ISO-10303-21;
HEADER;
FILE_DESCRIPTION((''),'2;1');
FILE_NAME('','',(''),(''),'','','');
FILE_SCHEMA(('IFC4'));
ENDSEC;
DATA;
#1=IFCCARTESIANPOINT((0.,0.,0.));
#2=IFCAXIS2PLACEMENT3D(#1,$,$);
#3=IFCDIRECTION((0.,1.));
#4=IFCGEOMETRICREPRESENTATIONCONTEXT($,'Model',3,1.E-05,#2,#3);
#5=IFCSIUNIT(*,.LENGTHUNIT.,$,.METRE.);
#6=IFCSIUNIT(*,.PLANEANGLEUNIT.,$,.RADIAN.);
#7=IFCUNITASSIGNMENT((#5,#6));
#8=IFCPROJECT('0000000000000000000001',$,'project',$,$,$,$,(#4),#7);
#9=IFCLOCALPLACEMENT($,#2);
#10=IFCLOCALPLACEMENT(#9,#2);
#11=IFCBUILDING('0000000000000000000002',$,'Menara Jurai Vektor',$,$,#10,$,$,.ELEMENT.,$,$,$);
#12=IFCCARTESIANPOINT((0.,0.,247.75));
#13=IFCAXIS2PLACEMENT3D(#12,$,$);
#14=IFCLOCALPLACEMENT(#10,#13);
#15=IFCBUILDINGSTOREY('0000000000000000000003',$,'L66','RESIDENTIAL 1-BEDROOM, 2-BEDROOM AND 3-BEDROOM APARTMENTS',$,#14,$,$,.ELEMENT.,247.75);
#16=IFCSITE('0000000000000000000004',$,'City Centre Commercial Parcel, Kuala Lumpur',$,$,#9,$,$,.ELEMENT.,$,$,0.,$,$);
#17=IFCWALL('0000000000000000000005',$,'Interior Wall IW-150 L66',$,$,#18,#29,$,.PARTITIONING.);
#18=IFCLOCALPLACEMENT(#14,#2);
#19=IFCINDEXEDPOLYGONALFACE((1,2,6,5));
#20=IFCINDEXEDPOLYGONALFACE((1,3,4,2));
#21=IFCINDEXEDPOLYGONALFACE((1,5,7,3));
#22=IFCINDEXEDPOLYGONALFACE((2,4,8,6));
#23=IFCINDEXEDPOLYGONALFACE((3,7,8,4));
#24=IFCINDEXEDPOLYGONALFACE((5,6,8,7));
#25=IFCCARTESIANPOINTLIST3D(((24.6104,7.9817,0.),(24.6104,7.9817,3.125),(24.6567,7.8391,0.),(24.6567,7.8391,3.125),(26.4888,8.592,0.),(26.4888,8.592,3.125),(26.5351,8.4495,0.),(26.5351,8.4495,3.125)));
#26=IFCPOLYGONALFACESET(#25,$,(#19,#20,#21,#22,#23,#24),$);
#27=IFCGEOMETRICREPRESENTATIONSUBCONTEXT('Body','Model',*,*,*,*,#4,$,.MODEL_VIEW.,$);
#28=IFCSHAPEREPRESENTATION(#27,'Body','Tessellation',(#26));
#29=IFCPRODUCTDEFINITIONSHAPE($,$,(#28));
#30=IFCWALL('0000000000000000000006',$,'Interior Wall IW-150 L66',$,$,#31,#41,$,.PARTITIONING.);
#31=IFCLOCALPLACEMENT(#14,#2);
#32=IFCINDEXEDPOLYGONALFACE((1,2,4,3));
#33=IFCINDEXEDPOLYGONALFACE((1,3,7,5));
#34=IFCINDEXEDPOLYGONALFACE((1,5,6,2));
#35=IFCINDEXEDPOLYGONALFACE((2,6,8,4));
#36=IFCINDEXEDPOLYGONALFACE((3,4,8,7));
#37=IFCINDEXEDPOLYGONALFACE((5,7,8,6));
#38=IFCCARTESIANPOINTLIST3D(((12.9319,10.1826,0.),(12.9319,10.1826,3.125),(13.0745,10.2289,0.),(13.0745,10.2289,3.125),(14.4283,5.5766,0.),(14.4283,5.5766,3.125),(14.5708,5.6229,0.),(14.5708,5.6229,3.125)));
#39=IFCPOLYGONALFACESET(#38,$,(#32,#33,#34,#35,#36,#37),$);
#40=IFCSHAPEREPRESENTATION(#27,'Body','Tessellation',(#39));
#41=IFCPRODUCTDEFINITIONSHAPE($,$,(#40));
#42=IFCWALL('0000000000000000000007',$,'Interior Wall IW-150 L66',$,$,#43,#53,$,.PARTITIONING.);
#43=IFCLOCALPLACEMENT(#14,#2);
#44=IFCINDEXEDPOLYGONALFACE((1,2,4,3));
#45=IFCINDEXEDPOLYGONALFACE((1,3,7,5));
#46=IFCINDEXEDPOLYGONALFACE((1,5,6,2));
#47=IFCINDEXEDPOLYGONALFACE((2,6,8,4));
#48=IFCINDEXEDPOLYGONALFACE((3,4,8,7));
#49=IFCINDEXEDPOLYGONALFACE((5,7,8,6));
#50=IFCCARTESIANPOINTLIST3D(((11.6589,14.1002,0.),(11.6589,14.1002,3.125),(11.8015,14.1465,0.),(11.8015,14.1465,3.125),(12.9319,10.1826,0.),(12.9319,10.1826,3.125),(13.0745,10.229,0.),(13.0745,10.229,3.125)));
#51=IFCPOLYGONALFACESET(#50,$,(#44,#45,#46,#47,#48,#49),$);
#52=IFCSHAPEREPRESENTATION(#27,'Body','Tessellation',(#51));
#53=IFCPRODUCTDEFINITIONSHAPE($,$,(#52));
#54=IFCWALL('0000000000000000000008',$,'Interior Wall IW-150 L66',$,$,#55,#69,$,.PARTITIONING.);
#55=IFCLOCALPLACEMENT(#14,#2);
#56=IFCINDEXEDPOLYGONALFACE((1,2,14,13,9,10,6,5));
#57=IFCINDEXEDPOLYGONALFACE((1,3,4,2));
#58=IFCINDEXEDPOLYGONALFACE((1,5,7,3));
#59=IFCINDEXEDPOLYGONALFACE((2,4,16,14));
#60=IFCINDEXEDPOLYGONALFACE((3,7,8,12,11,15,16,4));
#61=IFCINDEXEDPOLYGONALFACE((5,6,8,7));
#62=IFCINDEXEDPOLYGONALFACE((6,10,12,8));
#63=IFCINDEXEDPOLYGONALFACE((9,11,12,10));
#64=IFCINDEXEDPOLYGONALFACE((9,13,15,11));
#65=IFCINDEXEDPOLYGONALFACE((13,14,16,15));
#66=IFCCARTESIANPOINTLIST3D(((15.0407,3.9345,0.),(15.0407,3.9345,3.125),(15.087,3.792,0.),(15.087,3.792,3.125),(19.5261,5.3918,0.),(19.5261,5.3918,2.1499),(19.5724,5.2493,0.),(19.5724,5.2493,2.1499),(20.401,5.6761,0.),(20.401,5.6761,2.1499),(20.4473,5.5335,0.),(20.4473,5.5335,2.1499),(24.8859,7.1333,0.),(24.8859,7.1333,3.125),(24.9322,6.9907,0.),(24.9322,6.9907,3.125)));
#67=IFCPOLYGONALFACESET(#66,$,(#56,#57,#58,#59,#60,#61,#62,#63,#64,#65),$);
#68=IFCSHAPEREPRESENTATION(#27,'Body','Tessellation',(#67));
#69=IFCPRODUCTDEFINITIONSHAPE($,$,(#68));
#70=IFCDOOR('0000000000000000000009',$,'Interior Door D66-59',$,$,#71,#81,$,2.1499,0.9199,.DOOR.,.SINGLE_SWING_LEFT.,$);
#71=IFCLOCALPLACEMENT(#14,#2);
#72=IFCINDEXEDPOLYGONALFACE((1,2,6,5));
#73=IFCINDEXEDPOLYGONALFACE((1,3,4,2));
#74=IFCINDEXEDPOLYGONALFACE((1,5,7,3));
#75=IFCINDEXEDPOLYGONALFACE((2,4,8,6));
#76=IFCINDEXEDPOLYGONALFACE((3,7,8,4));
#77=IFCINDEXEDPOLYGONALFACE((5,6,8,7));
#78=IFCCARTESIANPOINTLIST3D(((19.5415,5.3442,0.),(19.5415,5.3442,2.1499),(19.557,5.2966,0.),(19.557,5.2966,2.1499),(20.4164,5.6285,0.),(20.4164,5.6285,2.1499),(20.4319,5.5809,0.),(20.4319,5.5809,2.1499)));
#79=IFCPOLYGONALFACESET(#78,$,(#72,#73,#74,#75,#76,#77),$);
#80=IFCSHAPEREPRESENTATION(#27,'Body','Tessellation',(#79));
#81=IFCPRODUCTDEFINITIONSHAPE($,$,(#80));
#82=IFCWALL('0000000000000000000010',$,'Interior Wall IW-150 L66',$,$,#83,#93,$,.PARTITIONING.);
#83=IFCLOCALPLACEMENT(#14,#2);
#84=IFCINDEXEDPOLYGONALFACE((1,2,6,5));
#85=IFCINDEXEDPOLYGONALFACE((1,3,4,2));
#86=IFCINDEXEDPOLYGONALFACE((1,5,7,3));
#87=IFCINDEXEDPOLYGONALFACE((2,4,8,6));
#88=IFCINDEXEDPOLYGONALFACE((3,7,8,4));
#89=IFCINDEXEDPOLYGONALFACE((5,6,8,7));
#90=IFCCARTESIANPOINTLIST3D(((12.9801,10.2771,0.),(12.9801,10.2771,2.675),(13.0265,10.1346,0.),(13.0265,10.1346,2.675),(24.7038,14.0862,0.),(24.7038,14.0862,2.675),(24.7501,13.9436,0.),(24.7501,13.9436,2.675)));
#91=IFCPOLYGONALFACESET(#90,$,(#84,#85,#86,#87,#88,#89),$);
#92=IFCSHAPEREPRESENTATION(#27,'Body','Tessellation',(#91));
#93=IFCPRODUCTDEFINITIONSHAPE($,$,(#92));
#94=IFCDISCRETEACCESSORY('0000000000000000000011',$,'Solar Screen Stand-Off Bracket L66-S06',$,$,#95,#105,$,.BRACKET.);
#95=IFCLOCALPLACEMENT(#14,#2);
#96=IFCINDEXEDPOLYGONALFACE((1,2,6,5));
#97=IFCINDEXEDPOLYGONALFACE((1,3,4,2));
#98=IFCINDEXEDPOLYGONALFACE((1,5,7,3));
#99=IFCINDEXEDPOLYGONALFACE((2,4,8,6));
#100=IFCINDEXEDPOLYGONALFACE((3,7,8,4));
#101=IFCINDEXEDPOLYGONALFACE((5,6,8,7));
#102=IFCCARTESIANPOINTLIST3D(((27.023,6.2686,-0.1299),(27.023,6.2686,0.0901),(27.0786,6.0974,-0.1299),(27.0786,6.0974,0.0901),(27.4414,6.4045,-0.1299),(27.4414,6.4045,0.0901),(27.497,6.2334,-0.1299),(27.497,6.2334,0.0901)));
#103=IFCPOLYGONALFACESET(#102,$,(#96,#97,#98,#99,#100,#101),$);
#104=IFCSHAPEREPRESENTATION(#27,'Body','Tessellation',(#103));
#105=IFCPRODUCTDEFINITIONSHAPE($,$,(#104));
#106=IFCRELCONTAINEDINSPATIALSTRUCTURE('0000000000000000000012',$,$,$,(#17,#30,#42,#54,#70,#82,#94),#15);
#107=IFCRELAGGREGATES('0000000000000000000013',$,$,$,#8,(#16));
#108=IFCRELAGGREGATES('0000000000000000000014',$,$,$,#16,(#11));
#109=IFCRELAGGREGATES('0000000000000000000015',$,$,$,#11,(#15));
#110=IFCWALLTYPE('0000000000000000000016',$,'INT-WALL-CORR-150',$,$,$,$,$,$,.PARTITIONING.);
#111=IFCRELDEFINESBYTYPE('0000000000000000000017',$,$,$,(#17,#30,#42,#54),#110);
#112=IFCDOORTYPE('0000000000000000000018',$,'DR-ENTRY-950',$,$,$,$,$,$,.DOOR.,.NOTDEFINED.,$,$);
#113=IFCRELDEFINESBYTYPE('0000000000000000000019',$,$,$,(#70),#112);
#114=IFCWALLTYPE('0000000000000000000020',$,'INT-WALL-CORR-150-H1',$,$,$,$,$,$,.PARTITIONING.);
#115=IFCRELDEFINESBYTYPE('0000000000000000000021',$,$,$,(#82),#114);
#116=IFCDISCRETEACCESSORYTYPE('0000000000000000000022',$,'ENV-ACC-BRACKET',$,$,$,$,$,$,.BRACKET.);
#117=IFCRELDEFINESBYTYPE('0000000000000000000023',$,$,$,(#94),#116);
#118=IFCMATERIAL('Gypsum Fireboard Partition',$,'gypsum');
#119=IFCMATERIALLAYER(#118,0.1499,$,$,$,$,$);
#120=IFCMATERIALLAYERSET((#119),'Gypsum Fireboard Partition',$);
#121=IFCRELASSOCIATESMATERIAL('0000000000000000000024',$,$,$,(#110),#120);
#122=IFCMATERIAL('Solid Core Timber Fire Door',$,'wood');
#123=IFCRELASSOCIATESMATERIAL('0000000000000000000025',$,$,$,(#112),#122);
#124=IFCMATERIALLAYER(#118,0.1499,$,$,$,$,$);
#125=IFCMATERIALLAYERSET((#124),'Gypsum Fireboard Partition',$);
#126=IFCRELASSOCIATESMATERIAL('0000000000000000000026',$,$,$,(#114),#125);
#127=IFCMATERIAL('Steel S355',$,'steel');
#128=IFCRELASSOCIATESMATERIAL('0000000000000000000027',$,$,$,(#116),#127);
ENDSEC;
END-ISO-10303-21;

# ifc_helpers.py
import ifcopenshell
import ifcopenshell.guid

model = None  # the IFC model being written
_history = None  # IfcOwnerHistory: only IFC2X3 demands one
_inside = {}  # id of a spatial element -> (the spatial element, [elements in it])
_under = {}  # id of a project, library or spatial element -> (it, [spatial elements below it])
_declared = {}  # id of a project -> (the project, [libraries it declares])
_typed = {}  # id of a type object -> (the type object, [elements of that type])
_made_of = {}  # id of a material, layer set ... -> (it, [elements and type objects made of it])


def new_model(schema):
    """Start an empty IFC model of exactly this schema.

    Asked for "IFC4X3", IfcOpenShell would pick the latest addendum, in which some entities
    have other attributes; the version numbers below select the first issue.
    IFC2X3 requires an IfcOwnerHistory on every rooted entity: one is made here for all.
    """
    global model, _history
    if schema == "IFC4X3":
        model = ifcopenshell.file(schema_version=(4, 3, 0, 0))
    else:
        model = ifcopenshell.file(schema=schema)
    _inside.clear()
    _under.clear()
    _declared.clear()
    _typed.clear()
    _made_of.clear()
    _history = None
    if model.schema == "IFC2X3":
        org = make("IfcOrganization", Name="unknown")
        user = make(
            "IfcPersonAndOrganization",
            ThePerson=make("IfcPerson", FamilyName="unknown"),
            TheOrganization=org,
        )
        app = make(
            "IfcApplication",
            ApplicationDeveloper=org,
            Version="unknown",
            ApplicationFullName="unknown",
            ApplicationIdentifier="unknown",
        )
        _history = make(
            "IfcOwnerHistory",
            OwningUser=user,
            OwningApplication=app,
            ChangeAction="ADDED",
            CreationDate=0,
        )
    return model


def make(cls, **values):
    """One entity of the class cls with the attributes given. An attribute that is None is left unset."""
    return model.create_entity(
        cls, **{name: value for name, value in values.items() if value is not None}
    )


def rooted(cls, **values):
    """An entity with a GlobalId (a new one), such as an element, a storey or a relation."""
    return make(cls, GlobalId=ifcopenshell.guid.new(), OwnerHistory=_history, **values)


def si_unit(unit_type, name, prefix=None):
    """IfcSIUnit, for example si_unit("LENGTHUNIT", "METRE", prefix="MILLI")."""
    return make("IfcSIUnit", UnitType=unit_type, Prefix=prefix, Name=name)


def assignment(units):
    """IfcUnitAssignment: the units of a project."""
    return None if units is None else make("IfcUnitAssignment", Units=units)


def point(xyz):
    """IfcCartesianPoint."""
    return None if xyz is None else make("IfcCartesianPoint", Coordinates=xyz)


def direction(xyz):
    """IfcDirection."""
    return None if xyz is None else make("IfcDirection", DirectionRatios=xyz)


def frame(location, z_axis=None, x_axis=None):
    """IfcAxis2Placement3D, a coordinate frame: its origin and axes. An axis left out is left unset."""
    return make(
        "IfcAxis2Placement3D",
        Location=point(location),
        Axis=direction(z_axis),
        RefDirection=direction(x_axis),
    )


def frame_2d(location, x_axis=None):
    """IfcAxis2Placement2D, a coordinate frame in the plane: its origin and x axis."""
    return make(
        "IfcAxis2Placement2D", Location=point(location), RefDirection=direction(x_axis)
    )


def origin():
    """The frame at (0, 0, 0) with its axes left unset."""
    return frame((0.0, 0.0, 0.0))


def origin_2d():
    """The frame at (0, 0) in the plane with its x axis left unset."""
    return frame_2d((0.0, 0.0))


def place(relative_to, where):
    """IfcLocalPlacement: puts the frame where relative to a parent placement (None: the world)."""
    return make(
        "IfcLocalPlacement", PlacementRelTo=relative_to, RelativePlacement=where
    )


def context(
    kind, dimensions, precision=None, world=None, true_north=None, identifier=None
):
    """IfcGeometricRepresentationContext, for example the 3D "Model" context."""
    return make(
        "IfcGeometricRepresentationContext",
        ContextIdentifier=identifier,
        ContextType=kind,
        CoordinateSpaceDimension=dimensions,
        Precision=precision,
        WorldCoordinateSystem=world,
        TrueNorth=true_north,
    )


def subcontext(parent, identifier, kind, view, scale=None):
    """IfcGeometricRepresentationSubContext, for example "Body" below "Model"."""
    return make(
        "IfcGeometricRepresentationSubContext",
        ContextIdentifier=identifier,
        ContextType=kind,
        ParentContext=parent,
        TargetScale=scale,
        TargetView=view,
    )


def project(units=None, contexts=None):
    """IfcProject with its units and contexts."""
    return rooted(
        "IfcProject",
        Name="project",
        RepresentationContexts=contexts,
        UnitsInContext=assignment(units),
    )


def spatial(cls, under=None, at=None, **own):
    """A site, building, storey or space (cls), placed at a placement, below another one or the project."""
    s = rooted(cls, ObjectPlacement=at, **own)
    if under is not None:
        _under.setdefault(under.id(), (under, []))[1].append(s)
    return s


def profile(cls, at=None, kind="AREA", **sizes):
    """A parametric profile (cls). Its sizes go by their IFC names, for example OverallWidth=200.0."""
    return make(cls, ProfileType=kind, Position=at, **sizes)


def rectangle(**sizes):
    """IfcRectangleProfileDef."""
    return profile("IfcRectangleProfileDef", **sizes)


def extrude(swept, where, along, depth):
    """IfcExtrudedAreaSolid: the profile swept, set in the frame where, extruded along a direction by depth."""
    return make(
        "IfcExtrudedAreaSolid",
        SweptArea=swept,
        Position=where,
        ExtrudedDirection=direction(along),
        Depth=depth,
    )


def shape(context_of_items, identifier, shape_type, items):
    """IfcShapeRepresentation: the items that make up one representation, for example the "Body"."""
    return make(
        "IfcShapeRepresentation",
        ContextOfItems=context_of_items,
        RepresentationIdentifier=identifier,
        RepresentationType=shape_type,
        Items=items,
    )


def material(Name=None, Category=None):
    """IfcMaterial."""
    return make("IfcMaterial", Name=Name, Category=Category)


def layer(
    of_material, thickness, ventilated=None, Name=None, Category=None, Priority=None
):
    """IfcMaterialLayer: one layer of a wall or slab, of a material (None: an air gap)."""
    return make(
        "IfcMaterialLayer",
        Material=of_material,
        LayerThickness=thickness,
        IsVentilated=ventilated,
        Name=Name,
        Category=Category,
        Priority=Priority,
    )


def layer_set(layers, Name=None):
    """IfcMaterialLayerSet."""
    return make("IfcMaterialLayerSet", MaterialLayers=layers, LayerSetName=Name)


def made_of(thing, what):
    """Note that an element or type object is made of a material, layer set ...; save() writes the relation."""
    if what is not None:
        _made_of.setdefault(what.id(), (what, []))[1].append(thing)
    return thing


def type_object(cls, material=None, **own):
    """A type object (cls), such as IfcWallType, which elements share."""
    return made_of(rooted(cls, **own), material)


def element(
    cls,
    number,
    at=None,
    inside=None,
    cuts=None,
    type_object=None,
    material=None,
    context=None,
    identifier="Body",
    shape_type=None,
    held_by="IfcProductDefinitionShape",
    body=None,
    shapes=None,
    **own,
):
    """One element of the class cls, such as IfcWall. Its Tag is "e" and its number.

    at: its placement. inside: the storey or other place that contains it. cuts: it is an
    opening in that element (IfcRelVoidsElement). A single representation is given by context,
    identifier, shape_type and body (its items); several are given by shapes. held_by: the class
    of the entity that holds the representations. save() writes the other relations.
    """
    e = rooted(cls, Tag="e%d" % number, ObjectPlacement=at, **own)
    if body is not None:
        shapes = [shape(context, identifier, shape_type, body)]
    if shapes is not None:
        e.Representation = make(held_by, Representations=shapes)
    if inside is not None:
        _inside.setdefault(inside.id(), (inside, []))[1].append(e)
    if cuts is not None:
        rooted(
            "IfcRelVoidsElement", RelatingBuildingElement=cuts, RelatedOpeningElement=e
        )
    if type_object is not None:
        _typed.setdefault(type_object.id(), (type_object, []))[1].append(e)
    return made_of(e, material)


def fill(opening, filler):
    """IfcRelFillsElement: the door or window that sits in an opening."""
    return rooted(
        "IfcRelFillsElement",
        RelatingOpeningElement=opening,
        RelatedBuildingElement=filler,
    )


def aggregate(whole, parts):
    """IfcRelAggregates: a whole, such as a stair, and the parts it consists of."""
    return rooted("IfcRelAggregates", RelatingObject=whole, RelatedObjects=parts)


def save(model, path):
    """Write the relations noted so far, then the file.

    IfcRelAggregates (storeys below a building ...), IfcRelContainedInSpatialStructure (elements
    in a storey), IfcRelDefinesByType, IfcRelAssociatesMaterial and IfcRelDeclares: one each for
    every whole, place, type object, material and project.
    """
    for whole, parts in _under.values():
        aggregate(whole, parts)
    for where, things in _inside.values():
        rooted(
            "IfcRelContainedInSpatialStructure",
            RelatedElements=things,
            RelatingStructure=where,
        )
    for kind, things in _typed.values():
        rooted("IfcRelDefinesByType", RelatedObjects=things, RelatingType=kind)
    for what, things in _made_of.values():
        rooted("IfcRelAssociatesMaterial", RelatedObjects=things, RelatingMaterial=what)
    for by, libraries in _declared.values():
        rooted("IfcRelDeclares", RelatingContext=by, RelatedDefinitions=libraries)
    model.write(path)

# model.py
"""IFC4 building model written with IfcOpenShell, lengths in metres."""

from ifc_helpers import new_model, si_unit, direction, frame, frame_2d, origin, origin_2d, place, context, subcontext, project, spatial, rectangle, extrude, material, layer, layer_set, type_object, element, fill, save


model = new_model("IFC4")

# Units and contexts
model_context = context("Model", 3, precision=1e-05, world=origin(), true_north=direction((0.0, 1.0)))
body_context = subcontext(model_context, "Body", "Model", "MODEL_VIEW")
ifc_project = project(units=[si_unit("LENGTHUNIT", "METRE"), si_unit("PLANEANGLEUNIT", "RADIAN")], contexts=[model_context])

# Site, building, storey
site_placement = place(None, origin())
site = spatial("IfcSite", under=ifc_project, at=site_placement, Name="City Centre Commercial Parcel, Kuala Lumpur", CompositionType="ELEMENT", RefElevation=0.0)
building_placement = place(site_placement, origin())
building = spatial("IfcBuilding", under=site, at=building_placement, Name="Menara Jurai Vektor", CompositionType="ELEMENT")
storey_placement = place(building_placement, frame((0.0, 0.0, 247.75)))
storey = spatial("IfcBuildingStorey", under=building, at=storey_placement, Name="L66", Description="RESIDENTIAL 1-BEDROOM, 2-BEDROOM AND 3-BEDROOM APARTMENTS", CompositionType="ELEMENT", Elevation=247.75)

# Shared definitions
ifc_material_1 = material(Name="Steel S355", Category="steel")

# Walls
ifc_material_2 = material(Name="Gypsum Fireboard Partition", Category="gypsum")
ifc_layer_1 = layer(ifc_material_2, 0.1499)
ifc_layer_set_1 = layer_set([ifc_layer_1], Name="Gypsum Fireboard Partition")
wall_type_1 = type_object("IfcWallType", Name="INT-WALL-CORR-150", PredefinedType="PARTITIONING", material=ifc_layer_set_1)
wall_1_placement = place(storey_placement, frame((24.6335, 7.9104, 0.0), z_axis=(0.0, 0.0, 1.0), x_axis=(0.951054, 0.309025, 0.0)))
element("IfcWall", 1, at=wall_1_placement, inside=storey, type_object=wall_type_1, Name="Interior Wall IW-150 L66", PredefinedType="PARTITIONING", context=body_context, shape_type="SweptSolid", body=[
    extrude(rectangle(XDim=1.9751, YDim=0.1499, at=frame_2d((0.9875, 0.0))), origin(), (0.0, 0.0, 1.0), 3.125),
])
wall_2_placement = place(storey_placement, frame((14.4995, 5.5999, 0.0), z_axis=(0.0, 0.0, 1.0), x_axis=(-0.308974, 0.95107, 0.0)))
element("IfcWall", 2, at=wall_2_placement, inside=storey, type_object=wall_type_1, Name="Interior Wall IW-150 L66", PredefinedType="PARTITIONING", context=body_context, shape_type="SweptSolid", body=[
    extrude(rectangle(XDim=4.843, YDim=0.1499, at=frame_2d((2.4214, 0.0))), origin(), (0.0, 0.0, 1.0), 3.125),
])
wall_3_placement = place(storey_placement, frame((13.0032, 10.2058, 0.0), z_axis=(0.0, 0.0, 1.0), x_axis=(-0.309035, 0.951051, 0.0)))
element("IfcWall", 3, at=wall_3_placement, inside=storey, type_object=wall_type_1, Name="Interior Wall IW-150 L66", PredefinedType="PARTITIONING", context=body_context, shape_type="SweptSolid", body=[
    extrude(rectangle(XDim=4.1191, YDim=0.1499, at=frame_2d((2.0596, 0.0))), origin(), (0.0, 0.0, 1.0), 3.125),
])

# Wall, opening, door
wall_4_placement = place(storey_placement, frame((15.064, 3.8633, 0.0), z_axis=(0.0, 0.0, 1.0), x_axis=(0.951061, 0.309002, 0.0)))
wall_4 = element("IfcWall", 4, at=wall_4_placement, inside=storey, type_object=wall_type_1, Name="Interior Wall IW-150 L66", PredefinedType="PARTITIONING", context=body_context, shape_type="SweptSolid", body=[
    extrude(rectangle(XDim=10.3518, YDim=0.1499, at=frame_2d((5.1758, 0.0))), origin(), (0.0, 0.0, 1.0), 3.125),
])
opening_1_placement = place(wall_4_placement, frame((4.7161, 0.0, 0.0)))
opening_1 = element("IfcOpeningElement", 5, at=opening_1_placement, cuts=wall_4, PredefinedType="OPENING", context=body_context, shape_type="SweptSolid", body=[
    extrude(rectangle(XDim=0.9199, YDim=2.1499, at=frame_2d((0.46, 1.075))), frame((0.0, 0.085, 0.0), z_axis=(0.0, -1.0, 0.0), x_axis=(1.0, 0.0, 0.0)), (0.0, 0.0, 1.0), 0.1699),
])
ifc_material_3 = material(Name="Solid Core Timber Fire Door", Category="wood")
door_type_1 = type_object("IfcDoorType", Name="DR-ENTRY-950", OperationType="NOTDEFINED", PredefinedType="DOOR", material=ifc_material_3)
door_1_placement = place(opening_1_placement, origin())
door_1 = element("IfcDoor", 6, at=door_1_placement, inside=storey, type_object=door_type_1, Name="Interior Door D66-59", OperationType="SINGLE_SWING_LEFT", OverallHeight=2.1499, OverallWidth=0.9199, PredefinedType="DOOR", context=body_context, shape_type="SweptSolid", body=[
    extrude(rectangle(XDim=0.9199, YDim=2.1499, at=frame_2d((0.46, 1.075))), frame((0.0, 0.0249, 0.0), z_axis=(0.0, -1.0, 0.0), x_axis=(1.0, 0.0, 0.0)), (0.0, 0.0, 1.0), 0.05),
])
fill(opening_1, door_1)

# Wall
ifc_layer_2 = layer(ifc_material_2, 0.1499)
ifc_layer_set_2 = layer_set([ifc_layer_2], Name="Gypsum Fireboard Partition")
wall_type_2 = type_object("IfcWallType", Name="INT-WALL-CORR-150-H1", PredefinedType="PARTITIONING", material=ifc_layer_set_2)
wall_5_placement = place(storey_placement, frame((13.0032, 10.2058, 0.0), z_axis=(0.0, 0.0, 1.0), x_axis=(0.95106, 0.309005, 0.0)))
element("IfcWall", 7, at=wall_5_placement, inside=storey, type_object=wall_type_2, Name="Interior Wall IW-150 L66", PredefinedType="PARTITIONING", context=body_context, shape_type="SweptSolid", body=[
    extrude(rectangle(XDim=12.3269, YDim=0.1499, at=frame_2d((6.1636, 0.0))), origin(), (0.0, 0.0, 1.0), 2.675),
])

# Discrete accessory
discrete_accessory_type = type_object("IfcDiscreteAccessoryType", Name="ENV-ACC-BRACKET", PredefinedType="BRACKET", material=ifc_material_1)
discrete_accessory_placement = place(storey_placement, frame((27.26, 6.251, -0.1299), z_axis=(0.0, 0.0, 1.0), x_axis=(-0.309017, 0.951057, 0.0)))
element("IfcDiscreteAccessory", 8, at=discrete_accessory_placement, inside=storey, type_object=discrete_accessory_type, Name="Solar Screen Stand-Off Bracket L66-S06", PredefinedType="BRACKET", context=body_context, shape_type="SweptSolid", body=[
    extrude(rectangle(XDim=0.1799, YDim=0.4399, at=origin_2d()), origin(), (0.0, 0.0, 1.0), 0.22),
])

save(model, "model.ifc")
